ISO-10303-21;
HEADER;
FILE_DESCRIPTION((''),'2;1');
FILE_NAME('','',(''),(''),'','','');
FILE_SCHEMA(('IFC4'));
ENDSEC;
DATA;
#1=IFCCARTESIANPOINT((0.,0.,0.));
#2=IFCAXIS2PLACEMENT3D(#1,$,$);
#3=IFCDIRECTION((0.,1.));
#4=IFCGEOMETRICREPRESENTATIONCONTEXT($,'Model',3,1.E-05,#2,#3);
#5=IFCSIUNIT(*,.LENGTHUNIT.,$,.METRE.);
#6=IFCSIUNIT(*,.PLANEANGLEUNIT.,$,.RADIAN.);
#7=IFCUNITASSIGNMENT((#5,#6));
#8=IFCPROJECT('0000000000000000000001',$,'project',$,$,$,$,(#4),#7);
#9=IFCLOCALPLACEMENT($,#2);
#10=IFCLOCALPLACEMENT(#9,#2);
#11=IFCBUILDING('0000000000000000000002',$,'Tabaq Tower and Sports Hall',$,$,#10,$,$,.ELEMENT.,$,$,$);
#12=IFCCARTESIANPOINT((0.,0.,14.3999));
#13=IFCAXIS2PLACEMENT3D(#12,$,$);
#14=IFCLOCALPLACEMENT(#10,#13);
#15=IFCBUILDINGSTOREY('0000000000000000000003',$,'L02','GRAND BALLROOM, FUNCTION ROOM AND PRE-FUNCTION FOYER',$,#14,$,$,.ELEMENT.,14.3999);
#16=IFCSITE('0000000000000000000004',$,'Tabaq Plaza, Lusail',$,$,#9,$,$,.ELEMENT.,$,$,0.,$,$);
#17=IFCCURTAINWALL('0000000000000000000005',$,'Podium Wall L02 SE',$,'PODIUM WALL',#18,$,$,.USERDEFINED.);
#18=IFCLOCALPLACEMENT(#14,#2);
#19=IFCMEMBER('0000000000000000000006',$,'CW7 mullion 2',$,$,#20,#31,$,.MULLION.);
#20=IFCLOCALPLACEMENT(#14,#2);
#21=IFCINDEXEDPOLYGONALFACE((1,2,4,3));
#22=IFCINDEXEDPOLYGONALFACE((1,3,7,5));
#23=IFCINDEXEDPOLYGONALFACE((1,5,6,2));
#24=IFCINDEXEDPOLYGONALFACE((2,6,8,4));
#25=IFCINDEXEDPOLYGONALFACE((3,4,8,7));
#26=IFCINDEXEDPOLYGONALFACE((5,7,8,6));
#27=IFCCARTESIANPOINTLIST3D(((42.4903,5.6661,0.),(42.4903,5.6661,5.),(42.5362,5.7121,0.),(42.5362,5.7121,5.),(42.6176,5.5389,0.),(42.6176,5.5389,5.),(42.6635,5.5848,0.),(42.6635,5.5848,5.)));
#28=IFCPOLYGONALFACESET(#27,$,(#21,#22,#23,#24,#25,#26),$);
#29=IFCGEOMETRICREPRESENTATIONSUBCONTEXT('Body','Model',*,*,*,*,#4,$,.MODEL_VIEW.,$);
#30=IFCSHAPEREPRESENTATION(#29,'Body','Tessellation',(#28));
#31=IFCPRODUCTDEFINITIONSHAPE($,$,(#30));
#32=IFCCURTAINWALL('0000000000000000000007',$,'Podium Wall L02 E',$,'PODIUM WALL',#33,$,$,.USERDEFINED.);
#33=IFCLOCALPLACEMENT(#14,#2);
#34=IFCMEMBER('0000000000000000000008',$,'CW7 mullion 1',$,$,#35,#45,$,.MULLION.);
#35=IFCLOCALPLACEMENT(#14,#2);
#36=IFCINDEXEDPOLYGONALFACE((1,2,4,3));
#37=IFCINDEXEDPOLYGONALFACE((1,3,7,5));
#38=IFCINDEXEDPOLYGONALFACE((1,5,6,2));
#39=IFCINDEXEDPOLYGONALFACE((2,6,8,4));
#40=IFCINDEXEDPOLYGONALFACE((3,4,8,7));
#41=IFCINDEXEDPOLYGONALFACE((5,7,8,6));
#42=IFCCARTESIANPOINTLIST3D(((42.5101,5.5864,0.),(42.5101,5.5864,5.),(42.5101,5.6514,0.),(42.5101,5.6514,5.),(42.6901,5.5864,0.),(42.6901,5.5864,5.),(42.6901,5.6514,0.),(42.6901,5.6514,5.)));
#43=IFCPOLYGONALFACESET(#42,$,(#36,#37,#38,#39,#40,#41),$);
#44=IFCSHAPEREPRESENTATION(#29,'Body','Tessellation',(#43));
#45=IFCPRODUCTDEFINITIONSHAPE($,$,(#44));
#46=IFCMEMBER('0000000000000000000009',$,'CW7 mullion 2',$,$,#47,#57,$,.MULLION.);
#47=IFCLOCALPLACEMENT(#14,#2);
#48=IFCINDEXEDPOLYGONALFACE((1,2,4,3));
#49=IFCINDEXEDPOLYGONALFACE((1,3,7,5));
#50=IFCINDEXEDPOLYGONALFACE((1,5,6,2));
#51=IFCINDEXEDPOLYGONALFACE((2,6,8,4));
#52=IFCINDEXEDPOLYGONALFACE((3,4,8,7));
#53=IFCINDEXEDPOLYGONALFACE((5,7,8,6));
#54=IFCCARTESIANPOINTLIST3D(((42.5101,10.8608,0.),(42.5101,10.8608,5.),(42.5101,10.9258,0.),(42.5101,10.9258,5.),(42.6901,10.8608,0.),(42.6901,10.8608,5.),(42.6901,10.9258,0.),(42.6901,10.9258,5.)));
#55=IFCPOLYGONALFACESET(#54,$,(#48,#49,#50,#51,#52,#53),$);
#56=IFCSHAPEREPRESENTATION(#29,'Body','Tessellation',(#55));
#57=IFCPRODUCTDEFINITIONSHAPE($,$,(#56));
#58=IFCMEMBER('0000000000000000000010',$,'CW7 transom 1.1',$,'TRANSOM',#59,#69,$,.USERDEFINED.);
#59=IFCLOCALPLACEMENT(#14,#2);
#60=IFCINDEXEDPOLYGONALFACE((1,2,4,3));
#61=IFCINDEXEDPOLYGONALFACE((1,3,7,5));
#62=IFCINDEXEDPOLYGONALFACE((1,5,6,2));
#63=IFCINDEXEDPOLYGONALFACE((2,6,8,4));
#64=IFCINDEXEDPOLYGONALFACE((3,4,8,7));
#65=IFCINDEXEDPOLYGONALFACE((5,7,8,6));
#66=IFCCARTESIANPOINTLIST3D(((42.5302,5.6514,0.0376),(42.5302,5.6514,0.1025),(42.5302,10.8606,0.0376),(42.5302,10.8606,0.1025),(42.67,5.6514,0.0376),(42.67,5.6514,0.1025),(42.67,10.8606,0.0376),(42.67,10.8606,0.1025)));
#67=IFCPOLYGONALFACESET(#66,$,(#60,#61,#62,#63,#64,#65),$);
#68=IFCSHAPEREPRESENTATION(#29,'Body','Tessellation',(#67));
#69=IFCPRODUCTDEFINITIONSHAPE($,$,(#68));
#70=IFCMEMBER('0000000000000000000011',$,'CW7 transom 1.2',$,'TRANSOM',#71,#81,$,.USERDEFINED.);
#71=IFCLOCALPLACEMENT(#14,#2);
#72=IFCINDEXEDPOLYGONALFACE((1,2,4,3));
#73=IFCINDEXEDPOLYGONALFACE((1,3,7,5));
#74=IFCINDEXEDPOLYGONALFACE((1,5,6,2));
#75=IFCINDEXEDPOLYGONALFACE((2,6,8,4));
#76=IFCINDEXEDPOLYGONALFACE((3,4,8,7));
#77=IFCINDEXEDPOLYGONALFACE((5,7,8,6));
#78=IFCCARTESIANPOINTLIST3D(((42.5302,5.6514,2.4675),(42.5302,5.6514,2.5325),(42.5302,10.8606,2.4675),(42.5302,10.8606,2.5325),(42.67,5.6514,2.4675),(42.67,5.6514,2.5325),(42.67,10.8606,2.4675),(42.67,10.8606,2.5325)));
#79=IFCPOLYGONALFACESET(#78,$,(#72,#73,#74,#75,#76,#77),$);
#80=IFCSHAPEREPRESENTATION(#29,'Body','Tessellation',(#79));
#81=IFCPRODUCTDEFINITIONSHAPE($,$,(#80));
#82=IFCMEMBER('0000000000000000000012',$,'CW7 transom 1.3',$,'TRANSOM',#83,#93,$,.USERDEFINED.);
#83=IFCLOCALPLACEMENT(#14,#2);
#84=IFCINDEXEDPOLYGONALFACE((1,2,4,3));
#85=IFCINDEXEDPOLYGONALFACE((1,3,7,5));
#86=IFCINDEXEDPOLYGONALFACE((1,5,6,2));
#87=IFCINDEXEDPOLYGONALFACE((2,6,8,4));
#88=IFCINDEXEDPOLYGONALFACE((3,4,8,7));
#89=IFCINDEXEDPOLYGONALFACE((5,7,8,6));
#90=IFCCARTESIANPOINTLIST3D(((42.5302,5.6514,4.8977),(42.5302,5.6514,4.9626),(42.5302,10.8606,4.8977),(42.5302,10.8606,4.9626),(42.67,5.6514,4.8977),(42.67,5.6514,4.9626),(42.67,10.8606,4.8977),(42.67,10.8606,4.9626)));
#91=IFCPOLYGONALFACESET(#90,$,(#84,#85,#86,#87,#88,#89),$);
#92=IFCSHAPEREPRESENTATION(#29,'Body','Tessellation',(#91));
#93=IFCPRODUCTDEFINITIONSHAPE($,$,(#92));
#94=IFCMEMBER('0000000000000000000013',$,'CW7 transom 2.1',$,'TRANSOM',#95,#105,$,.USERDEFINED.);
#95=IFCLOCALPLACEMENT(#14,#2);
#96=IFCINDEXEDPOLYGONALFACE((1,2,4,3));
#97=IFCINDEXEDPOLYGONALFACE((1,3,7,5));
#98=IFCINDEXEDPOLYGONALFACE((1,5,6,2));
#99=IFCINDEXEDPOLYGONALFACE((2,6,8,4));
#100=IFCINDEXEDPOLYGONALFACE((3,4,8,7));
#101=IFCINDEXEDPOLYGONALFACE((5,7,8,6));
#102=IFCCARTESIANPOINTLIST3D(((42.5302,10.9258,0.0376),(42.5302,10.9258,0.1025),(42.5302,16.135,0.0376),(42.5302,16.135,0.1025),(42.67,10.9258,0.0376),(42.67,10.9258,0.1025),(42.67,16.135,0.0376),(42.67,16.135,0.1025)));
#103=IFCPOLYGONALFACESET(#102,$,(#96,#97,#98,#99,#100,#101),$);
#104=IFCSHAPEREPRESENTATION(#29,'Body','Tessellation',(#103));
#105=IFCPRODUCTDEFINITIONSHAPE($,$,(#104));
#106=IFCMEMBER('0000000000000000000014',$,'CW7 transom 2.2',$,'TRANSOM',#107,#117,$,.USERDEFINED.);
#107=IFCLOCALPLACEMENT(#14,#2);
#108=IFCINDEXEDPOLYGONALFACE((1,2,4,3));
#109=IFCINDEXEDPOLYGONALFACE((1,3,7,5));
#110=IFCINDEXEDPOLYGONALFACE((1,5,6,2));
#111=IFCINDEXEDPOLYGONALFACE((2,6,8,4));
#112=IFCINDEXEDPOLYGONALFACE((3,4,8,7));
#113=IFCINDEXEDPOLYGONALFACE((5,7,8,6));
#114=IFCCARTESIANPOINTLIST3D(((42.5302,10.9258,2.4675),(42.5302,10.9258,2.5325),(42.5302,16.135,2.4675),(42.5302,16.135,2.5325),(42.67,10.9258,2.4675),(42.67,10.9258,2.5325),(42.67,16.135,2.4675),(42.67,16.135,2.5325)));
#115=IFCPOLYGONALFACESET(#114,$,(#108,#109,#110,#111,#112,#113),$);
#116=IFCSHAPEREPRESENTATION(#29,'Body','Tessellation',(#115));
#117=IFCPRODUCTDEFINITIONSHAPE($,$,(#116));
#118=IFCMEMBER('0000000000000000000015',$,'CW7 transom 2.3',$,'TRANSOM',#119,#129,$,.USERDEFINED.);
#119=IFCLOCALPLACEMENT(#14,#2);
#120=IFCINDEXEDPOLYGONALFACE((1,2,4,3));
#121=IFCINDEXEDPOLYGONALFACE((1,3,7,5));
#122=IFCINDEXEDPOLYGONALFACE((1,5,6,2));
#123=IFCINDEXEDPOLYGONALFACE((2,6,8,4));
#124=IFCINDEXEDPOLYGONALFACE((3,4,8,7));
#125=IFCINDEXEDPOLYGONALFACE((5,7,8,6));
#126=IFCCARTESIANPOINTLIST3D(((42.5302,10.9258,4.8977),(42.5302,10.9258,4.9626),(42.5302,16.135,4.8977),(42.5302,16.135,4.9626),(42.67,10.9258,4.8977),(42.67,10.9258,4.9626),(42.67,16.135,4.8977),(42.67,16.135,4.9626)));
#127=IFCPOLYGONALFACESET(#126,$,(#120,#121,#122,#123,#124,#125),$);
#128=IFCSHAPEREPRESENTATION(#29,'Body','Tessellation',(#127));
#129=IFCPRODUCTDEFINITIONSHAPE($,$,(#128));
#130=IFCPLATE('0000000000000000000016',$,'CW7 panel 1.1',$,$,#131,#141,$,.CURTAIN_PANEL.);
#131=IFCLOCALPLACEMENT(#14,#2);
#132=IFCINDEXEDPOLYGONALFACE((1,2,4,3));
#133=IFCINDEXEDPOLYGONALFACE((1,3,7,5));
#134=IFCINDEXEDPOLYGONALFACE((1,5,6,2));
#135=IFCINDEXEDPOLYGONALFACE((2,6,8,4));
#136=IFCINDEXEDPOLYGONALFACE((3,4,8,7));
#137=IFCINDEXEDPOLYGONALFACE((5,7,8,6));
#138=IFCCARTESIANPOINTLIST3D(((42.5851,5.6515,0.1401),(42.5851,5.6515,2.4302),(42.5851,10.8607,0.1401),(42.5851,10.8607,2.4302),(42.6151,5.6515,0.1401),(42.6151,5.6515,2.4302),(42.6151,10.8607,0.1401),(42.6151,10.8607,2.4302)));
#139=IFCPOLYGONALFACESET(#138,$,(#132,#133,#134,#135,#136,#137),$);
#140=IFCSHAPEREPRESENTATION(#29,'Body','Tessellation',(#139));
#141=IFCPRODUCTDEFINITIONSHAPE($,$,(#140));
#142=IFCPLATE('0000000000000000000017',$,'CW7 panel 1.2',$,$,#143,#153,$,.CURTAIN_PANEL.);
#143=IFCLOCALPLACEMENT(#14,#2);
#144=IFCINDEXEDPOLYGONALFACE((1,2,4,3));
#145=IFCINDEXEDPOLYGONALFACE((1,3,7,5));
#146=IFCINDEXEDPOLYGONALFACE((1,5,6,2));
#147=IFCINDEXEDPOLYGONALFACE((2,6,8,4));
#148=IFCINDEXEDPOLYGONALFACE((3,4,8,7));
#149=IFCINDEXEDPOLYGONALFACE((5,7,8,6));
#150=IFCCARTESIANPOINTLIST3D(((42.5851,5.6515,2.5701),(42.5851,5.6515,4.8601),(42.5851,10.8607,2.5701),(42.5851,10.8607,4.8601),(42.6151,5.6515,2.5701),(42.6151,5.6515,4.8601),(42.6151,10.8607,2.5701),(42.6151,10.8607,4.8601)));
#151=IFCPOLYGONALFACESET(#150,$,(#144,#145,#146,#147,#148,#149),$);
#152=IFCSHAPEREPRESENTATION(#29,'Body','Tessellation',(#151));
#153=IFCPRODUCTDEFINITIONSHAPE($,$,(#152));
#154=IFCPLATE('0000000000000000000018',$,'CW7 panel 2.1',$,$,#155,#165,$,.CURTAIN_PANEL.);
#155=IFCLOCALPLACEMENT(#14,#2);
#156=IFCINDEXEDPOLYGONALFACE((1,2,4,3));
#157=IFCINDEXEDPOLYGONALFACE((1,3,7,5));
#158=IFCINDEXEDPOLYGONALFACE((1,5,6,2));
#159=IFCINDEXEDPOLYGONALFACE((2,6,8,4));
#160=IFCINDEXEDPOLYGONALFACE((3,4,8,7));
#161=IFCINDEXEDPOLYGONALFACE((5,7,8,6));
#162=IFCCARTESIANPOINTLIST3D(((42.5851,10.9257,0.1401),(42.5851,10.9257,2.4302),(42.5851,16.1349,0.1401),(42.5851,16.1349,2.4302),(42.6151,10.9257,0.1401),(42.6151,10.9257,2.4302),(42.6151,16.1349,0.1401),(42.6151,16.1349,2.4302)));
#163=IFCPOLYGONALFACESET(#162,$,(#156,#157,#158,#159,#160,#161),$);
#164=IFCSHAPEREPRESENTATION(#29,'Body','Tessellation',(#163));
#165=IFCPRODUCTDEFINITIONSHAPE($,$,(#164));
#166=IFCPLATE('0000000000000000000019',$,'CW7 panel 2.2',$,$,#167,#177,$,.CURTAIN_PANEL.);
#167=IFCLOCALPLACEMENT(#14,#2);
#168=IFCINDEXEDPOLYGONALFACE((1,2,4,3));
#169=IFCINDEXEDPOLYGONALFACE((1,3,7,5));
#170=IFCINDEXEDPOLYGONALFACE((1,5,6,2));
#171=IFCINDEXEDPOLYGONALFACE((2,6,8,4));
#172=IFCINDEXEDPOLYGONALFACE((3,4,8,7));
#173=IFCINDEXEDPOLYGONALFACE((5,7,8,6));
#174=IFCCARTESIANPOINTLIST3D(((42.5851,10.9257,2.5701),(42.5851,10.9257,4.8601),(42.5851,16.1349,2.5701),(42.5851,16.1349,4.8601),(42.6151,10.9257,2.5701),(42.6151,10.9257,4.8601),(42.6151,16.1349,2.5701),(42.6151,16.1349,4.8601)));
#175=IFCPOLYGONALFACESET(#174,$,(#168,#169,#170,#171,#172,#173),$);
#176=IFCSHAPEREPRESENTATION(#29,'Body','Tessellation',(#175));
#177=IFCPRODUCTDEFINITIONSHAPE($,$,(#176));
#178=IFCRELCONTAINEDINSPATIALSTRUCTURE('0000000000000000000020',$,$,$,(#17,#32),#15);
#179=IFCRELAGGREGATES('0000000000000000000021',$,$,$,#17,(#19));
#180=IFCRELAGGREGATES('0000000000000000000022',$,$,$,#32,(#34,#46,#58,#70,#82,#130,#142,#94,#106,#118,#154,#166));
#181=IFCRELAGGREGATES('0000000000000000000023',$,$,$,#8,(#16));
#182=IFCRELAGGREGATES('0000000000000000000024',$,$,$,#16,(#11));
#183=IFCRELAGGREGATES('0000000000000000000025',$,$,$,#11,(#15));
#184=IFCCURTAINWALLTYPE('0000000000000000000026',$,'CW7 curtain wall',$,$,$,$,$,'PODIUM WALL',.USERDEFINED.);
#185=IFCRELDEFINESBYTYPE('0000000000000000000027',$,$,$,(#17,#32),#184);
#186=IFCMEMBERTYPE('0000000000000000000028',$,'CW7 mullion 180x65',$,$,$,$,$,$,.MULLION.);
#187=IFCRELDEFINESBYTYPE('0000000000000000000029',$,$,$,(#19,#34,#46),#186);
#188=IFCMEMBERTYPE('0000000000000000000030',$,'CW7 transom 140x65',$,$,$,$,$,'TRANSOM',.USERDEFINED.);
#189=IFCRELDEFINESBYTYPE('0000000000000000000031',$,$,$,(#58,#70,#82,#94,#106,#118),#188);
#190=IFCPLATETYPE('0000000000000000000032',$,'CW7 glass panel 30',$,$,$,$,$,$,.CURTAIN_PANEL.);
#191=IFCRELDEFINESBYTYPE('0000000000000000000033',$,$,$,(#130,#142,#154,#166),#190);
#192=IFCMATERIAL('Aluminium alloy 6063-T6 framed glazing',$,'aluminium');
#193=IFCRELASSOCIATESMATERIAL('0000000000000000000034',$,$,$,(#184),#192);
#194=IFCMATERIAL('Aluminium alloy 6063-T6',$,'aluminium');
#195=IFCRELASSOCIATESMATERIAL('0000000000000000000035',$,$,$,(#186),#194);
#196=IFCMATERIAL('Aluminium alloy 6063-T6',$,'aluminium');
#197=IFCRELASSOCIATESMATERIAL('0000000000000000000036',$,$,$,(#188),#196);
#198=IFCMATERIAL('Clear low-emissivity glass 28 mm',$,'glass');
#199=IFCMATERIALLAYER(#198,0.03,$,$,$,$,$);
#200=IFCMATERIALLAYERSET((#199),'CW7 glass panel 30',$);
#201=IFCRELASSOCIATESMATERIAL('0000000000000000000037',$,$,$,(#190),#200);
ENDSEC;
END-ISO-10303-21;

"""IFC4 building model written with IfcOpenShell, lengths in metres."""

from ifc_helpers import new_model, si_unit, direction, frame, origin, origin_2d, place, context, subcontext, project, spatial, rectangle, extrude, material, layer, layer_set, material_profile, profile_set, type_object, element, aggregate, save


model = new_model("IFC4")

# Units and contexts
model_context = context("Model", 3, precision=1e-05, world=origin(), true_north=direction((0.0, 1.0)))
body_context = subcontext(model_context, "Body", "Model", "MODEL_VIEW")
ifc_project = project(units=[si_unit("LENGTHUNIT", "METRE"), si_unit("PLANEANGLEUNIT", "RADIAN")], contexts=[model_context])

# Site, building, storey
site_placement = place(None, origin())
site = spatial("IfcSite", under=ifc_project, at=site_placement, Name="Tabaq Plaza, Lusail", CompositionType="ELEMENT", RefElevation=0.0)
building_placement = place(site_placement, origin())
building = spatial("IfcBuilding", under=site, at=building_placement, Name="Tabaq Tower and Sports Hall", CompositionType="ELEMENT")
storey_placement = place(building_placement, frame((0.0, 0.0, 14.3999)))
storey = spatial("IfcBuildingStorey", under=building, at=storey_placement, Name="L02", Description="GRAND BALLROOM, FUNCTION ROOM AND PRE-FUNCTION FOYER", CompositionType="ELEMENT", Elevation=14.3999)

# Curtain wall, member
ifc_material_1 = material(Name="Aluminium alloy 6063-T6 framed glazing", Category="aluminium")
curtain_wall_type = type_object("IfcCurtainWallType", Name="CW7 curtain wall", ElementType="PODIUM WALL", PredefinedType="USERDEFINED", material=ifc_material_1)
curtain_wall_1_placement = place(storey_placement, origin())
curtain_wall_1 = element("IfcCurtainWall", 1, at=curtain_wall_1_placement, inside=storey, type_object=curtain_wall_type, Name="Podium Wall L02 SE", ObjectType="PODIUM WALL", PredefinedType="USERDEFINED")
ifc_material_2 = material(Name="Aluminium alloy 6063-T6", Category="aluminium")
ifc_material_profile_1 = material_profile(ifc_material_2, rectangle(XDim=0.1799, YDim=0.0649, at=origin_2d()), Name="MULLION 180x65")
ifc_profile_set_1 = profile_set([ifc_material_profile_1], Name="Aluminium alloy 6063-T6")
member_type_1 = type_object("IfcMemberType", Name="CW7 mullion 180x65", PredefinedType="MULLION", material=ifc_profile_set_1)
member_1_placement = place(storey_placement, frame((42.5769, 5.6255, 0.0), z_axis=(0.0, 0.0, 1.0), x_axis=(-0.707107, 0.707107, 0.0)))
member_1 = element("IfcMember", 2, at=member_1_placement, type_object=member_type_1, Name="CW7 mullion 2", PredefinedType="MULLION", context=body_context, shape_type="SweptSolid", body=[
    extrude(rectangle(XDim=0.1799, YDim=0.0649, at=origin_2d()), origin(), (0.0, 0.0, 1.0), 5.0),
])
aggregate(curtain_wall_1, [member_1])

# Curtain wall, members, plates
curtain_wall_2_placement = place(storey_placement, origin())
curtain_wall_2 = element("IfcCurtainWall", 3, at=curtain_wall_2_placement, inside=storey, type_object=curtain_wall_type, Name="Podium Wall L02 E", ObjectType="PODIUM WALL", PredefinedType="USERDEFINED")
member_2_placement = place(storey_placement, frame((42.6001, 5.6189, 0.0), z_axis=(0.0, 0.0, 1.0), x_axis=(-1.0, 0.0, 0.0)))
member_2 = element("IfcMember", 4, at=member_2_placement, type_object=member_type_1, Name="CW7 mullion 1", PredefinedType="MULLION", context=body_context, shape_type="SweptSolid", body=[
    extrude(rectangle(XDim=0.1799, YDim=0.0649, at=origin_2d()), origin(), (0.0, 0.0, 1.0), 5.0),
])
member_3_placement = place(storey_placement, frame((42.6001, 10.8933, 0.0), z_axis=(0.0, 0.0, 1.0), x_axis=(-1.0, 0.0, 0.0)))
member_3 = element("IfcMember", 5, at=member_3_placement, type_object=member_type_1, Name="CW7 mullion 2", PredefinedType="MULLION", context=body_context, shape_type="SweptSolid", body=[
    extrude(rectangle(XDim=0.1799, YDim=0.0649, at=origin_2d()), origin(), (0.0, 0.0, 1.0), 5.0),
])
ifc_material_3 = material(Name="Aluminium alloy 6063-T6", Category="aluminium")
ifc_material_profile_2 = material_profile(ifc_material_3, rectangle(XDim=0.1399, YDim=0.0649, at=origin_2d()), Name="TRANSOM 140x65")
ifc_profile_set_2 = profile_set([ifc_material_profile_2], Name="Aluminium alloy 6063-T6")
member_type_2 = type_object("IfcMemberType", Name="CW7 transom 140x65", ElementType="TRANSOM", PredefinedType="USERDEFINED", material=ifc_profile_set_2)
member_4_placement = place(storey_placement, frame((42.6001, 5.6514, 0.0701), z_axis=(0.0, 1.0, 0.0), x_axis=(-1.0, 0.0, 0.0)))
member_4 = element("IfcMember", 6, at=member_4_placement, type_object=member_type_2, Name="CW7 transom 1.1", ObjectType="TRANSOM", PredefinedType="USERDEFINED", context=body_context, shape_type="SweptSolid", body=[
    extrude(rectangle(XDim=0.1399, YDim=0.0649, at=origin_2d()), origin(), (0.0, 0.0, 1.0), 5.2092),
])
member_5_placement = place(storey_placement, frame((42.6001, 5.6514, 2.5), z_axis=(0.0, 1.0, 0.0), x_axis=(-1.0, 0.0, 0.0)))
member_5 = element("IfcMember", 7, at=member_5_placement, type_object=member_type_2, Name="CW7 transom 1.2", ObjectType="TRANSOM", PredefinedType="USERDEFINED", context=body_context, shape_type="SweptSolid", body=[
    extrude(rectangle(XDim=0.1399, YDim=0.0649, at=origin_2d()), origin(), (0.0, 0.0, 1.0), 5.2092),
])
member_6_placement = place(storey_placement, frame((42.6001, 5.6514, 4.9302), z_axis=(0.0, 1.0, 0.0), x_axis=(-1.0, 0.0, 0.0)))
member_6 = element("IfcMember", 8, at=member_6_placement, type_object=member_type_2, Name="CW7 transom 1.3", ObjectType="TRANSOM", PredefinedType="USERDEFINED", context=body_context, shape_type="SweptSolid", body=[
    extrude(rectangle(XDim=0.1399, YDim=0.0649, at=origin_2d()), origin(), (0.0, 0.0, 1.0), 5.2092),
])
member_7_placement = place(storey_placement, frame((42.6001, 10.9258, 0.0701), z_axis=(0.0, 1.0, 0.0), x_axis=(-1.0, 0.0, 0.0)))
member_7 = element("IfcMember", 9, at=member_7_placement, type_object=member_type_2, Name="CW7 transom 2.1", ObjectType="TRANSOM", PredefinedType="USERDEFINED", context=body_context, shape_type="SweptSolid", body=[
    extrude(rectangle(XDim=0.1399, YDim=0.0649, at=origin_2d()), origin(), (0.0, 0.0, 1.0), 5.2092),
])
member_8_placement = place(storey_placement, frame((42.6001, 10.9258, 2.5), z_axis=(0.0, 1.0, 0.0), x_axis=(-1.0, 0.0, 0.0)))
member_8 = element("IfcMember", 10, at=member_8_placement, type_object=member_type_2, Name="CW7 transom 2.2", ObjectType="TRANSOM", PredefinedType="USERDEFINED", context=body_context, shape_type="SweptSolid", body=[
    extrude(rectangle(XDim=0.1399, YDim=0.0649, at=origin_2d()), origin(), (0.0, 0.0, 1.0), 5.2092),
])
member_9_placement = place(storey_placement, frame((42.6001, 10.9258, 4.9302), z_axis=(0.0, 1.0, 0.0), x_axis=(-1.0, 0.0, 0.0)))
member_9 = element("IfcMember", 11, at=member_9_placement, type_object=member_type_2, Name="CW7 transom 2.3", ObjectType="TRANSOM", PredefinedType="USERDEFINED", context=body_context, shape_type="SweptSolid", body=[
    extrude(rectangle(XDim=0.1399, YDim=0.0649, at=origin_2d()), origin(), (0.0, 0.0, 1.0), 5.2092),
])
ifc_material_4 = material(Name="Clear low-emissivity glass 28 mm", Category="glass")
ifc_layer_1 = layer(ifc_material_4, 0.03)
ifc_layer_set_1 = layer_set([ifc_layer_1], Name="CW7 glass panel 30")
plate_type = type_object("IfcPlateType", Name="CW7 glass panel 30", PredefinedType="CURTAIN_PANEL", material=ifc_layer_set_1)
plate_1_placement = place(storey_placement, frame((42.6001, 8.2561, 0.1401), z_axis=(0.0, 0.0, 1.0), x_axis=(0.0, 1.0, 0.0)))
plate_1 = element("IfcPlate", 12, at=plate_1_placement, type_object=plate_type, Name="CW7 panel 1.1", PredefinedType="CURTAIN_PANEL", context=body_context, shape_type="SweptSolid", body=[
    extrude(rectangle(XDim=5.2092, YDim=0.03, at=origin_2d()), origin(), (0.0, 0.0, 1.0), 2.29),
])
plate_2_placement = place(storey_placement, frame((42.6001, 8.2561, 2.5701), z_axis=(0.0, 0.0, 1.0), x_axis=(0.0, 1.0, 0.0)))
plate_2 = element("IfcPlate", 13, at=plate_2_placement, type_object=plate_type, Name="CW7 panel 1.2", PredefinedType="CURTAIN_PANEL", context=body_context, shape_type="SweptSolid", body=[
    extrude(rectangle(XDim=5.2092, YDim=0.03, at=origin_2d()), origin(), (0.0, 0.0, 1.0), 2.29),
])
plate_3_placement = place(storey_placement, frame((42.6001, 13.5303, 0.1401), z_axis=(0.0, 0.0, 1.0), x_axis=(0.0, 1.0, 0.0)))
plate_3 = element("IfcPlate", 14, at=plate_3_placement, type_object=plate_type, Name="CW7 panel 2.1", PredefinedType="CURTAIN_PANEL", context=body_context, shape_type="SweptSolid", body=[
    extrude(rectangle(XDim=5.2092, YDim=0.03, at=origin_2d()), origin(), (0.0, 0.0, 1.0), 2.29),
])
plate_4_placement = place(storey_placement, frame((42.6001, 13.5303, 2.5701), z_axis=(0.0, 0.0, 1.0), x_axis=(0.0, 1.0, 0.0)))
plate_4 = element("IfcPlate", 15, at=plate_4_placement, type_object=plate_type, Name="CW7 panel 2.2", PredefinedType="CURTAIN_PANEL", context=body_context, shape_type="SweptSolid", body=[
    extrude(rectangle(XDim=5.2092, YDim=0.03, at=origin_2d()), origin(), (0.0, 0.0, 1.0), 2.29),
])
aggregate(curtain_wall_2, [member_2, member_3, member_4, member_5, member_6, plate_1, plate_2, member_7, member_8, member_9, plate_3, plate_4])

save(model, "model.ifc")
